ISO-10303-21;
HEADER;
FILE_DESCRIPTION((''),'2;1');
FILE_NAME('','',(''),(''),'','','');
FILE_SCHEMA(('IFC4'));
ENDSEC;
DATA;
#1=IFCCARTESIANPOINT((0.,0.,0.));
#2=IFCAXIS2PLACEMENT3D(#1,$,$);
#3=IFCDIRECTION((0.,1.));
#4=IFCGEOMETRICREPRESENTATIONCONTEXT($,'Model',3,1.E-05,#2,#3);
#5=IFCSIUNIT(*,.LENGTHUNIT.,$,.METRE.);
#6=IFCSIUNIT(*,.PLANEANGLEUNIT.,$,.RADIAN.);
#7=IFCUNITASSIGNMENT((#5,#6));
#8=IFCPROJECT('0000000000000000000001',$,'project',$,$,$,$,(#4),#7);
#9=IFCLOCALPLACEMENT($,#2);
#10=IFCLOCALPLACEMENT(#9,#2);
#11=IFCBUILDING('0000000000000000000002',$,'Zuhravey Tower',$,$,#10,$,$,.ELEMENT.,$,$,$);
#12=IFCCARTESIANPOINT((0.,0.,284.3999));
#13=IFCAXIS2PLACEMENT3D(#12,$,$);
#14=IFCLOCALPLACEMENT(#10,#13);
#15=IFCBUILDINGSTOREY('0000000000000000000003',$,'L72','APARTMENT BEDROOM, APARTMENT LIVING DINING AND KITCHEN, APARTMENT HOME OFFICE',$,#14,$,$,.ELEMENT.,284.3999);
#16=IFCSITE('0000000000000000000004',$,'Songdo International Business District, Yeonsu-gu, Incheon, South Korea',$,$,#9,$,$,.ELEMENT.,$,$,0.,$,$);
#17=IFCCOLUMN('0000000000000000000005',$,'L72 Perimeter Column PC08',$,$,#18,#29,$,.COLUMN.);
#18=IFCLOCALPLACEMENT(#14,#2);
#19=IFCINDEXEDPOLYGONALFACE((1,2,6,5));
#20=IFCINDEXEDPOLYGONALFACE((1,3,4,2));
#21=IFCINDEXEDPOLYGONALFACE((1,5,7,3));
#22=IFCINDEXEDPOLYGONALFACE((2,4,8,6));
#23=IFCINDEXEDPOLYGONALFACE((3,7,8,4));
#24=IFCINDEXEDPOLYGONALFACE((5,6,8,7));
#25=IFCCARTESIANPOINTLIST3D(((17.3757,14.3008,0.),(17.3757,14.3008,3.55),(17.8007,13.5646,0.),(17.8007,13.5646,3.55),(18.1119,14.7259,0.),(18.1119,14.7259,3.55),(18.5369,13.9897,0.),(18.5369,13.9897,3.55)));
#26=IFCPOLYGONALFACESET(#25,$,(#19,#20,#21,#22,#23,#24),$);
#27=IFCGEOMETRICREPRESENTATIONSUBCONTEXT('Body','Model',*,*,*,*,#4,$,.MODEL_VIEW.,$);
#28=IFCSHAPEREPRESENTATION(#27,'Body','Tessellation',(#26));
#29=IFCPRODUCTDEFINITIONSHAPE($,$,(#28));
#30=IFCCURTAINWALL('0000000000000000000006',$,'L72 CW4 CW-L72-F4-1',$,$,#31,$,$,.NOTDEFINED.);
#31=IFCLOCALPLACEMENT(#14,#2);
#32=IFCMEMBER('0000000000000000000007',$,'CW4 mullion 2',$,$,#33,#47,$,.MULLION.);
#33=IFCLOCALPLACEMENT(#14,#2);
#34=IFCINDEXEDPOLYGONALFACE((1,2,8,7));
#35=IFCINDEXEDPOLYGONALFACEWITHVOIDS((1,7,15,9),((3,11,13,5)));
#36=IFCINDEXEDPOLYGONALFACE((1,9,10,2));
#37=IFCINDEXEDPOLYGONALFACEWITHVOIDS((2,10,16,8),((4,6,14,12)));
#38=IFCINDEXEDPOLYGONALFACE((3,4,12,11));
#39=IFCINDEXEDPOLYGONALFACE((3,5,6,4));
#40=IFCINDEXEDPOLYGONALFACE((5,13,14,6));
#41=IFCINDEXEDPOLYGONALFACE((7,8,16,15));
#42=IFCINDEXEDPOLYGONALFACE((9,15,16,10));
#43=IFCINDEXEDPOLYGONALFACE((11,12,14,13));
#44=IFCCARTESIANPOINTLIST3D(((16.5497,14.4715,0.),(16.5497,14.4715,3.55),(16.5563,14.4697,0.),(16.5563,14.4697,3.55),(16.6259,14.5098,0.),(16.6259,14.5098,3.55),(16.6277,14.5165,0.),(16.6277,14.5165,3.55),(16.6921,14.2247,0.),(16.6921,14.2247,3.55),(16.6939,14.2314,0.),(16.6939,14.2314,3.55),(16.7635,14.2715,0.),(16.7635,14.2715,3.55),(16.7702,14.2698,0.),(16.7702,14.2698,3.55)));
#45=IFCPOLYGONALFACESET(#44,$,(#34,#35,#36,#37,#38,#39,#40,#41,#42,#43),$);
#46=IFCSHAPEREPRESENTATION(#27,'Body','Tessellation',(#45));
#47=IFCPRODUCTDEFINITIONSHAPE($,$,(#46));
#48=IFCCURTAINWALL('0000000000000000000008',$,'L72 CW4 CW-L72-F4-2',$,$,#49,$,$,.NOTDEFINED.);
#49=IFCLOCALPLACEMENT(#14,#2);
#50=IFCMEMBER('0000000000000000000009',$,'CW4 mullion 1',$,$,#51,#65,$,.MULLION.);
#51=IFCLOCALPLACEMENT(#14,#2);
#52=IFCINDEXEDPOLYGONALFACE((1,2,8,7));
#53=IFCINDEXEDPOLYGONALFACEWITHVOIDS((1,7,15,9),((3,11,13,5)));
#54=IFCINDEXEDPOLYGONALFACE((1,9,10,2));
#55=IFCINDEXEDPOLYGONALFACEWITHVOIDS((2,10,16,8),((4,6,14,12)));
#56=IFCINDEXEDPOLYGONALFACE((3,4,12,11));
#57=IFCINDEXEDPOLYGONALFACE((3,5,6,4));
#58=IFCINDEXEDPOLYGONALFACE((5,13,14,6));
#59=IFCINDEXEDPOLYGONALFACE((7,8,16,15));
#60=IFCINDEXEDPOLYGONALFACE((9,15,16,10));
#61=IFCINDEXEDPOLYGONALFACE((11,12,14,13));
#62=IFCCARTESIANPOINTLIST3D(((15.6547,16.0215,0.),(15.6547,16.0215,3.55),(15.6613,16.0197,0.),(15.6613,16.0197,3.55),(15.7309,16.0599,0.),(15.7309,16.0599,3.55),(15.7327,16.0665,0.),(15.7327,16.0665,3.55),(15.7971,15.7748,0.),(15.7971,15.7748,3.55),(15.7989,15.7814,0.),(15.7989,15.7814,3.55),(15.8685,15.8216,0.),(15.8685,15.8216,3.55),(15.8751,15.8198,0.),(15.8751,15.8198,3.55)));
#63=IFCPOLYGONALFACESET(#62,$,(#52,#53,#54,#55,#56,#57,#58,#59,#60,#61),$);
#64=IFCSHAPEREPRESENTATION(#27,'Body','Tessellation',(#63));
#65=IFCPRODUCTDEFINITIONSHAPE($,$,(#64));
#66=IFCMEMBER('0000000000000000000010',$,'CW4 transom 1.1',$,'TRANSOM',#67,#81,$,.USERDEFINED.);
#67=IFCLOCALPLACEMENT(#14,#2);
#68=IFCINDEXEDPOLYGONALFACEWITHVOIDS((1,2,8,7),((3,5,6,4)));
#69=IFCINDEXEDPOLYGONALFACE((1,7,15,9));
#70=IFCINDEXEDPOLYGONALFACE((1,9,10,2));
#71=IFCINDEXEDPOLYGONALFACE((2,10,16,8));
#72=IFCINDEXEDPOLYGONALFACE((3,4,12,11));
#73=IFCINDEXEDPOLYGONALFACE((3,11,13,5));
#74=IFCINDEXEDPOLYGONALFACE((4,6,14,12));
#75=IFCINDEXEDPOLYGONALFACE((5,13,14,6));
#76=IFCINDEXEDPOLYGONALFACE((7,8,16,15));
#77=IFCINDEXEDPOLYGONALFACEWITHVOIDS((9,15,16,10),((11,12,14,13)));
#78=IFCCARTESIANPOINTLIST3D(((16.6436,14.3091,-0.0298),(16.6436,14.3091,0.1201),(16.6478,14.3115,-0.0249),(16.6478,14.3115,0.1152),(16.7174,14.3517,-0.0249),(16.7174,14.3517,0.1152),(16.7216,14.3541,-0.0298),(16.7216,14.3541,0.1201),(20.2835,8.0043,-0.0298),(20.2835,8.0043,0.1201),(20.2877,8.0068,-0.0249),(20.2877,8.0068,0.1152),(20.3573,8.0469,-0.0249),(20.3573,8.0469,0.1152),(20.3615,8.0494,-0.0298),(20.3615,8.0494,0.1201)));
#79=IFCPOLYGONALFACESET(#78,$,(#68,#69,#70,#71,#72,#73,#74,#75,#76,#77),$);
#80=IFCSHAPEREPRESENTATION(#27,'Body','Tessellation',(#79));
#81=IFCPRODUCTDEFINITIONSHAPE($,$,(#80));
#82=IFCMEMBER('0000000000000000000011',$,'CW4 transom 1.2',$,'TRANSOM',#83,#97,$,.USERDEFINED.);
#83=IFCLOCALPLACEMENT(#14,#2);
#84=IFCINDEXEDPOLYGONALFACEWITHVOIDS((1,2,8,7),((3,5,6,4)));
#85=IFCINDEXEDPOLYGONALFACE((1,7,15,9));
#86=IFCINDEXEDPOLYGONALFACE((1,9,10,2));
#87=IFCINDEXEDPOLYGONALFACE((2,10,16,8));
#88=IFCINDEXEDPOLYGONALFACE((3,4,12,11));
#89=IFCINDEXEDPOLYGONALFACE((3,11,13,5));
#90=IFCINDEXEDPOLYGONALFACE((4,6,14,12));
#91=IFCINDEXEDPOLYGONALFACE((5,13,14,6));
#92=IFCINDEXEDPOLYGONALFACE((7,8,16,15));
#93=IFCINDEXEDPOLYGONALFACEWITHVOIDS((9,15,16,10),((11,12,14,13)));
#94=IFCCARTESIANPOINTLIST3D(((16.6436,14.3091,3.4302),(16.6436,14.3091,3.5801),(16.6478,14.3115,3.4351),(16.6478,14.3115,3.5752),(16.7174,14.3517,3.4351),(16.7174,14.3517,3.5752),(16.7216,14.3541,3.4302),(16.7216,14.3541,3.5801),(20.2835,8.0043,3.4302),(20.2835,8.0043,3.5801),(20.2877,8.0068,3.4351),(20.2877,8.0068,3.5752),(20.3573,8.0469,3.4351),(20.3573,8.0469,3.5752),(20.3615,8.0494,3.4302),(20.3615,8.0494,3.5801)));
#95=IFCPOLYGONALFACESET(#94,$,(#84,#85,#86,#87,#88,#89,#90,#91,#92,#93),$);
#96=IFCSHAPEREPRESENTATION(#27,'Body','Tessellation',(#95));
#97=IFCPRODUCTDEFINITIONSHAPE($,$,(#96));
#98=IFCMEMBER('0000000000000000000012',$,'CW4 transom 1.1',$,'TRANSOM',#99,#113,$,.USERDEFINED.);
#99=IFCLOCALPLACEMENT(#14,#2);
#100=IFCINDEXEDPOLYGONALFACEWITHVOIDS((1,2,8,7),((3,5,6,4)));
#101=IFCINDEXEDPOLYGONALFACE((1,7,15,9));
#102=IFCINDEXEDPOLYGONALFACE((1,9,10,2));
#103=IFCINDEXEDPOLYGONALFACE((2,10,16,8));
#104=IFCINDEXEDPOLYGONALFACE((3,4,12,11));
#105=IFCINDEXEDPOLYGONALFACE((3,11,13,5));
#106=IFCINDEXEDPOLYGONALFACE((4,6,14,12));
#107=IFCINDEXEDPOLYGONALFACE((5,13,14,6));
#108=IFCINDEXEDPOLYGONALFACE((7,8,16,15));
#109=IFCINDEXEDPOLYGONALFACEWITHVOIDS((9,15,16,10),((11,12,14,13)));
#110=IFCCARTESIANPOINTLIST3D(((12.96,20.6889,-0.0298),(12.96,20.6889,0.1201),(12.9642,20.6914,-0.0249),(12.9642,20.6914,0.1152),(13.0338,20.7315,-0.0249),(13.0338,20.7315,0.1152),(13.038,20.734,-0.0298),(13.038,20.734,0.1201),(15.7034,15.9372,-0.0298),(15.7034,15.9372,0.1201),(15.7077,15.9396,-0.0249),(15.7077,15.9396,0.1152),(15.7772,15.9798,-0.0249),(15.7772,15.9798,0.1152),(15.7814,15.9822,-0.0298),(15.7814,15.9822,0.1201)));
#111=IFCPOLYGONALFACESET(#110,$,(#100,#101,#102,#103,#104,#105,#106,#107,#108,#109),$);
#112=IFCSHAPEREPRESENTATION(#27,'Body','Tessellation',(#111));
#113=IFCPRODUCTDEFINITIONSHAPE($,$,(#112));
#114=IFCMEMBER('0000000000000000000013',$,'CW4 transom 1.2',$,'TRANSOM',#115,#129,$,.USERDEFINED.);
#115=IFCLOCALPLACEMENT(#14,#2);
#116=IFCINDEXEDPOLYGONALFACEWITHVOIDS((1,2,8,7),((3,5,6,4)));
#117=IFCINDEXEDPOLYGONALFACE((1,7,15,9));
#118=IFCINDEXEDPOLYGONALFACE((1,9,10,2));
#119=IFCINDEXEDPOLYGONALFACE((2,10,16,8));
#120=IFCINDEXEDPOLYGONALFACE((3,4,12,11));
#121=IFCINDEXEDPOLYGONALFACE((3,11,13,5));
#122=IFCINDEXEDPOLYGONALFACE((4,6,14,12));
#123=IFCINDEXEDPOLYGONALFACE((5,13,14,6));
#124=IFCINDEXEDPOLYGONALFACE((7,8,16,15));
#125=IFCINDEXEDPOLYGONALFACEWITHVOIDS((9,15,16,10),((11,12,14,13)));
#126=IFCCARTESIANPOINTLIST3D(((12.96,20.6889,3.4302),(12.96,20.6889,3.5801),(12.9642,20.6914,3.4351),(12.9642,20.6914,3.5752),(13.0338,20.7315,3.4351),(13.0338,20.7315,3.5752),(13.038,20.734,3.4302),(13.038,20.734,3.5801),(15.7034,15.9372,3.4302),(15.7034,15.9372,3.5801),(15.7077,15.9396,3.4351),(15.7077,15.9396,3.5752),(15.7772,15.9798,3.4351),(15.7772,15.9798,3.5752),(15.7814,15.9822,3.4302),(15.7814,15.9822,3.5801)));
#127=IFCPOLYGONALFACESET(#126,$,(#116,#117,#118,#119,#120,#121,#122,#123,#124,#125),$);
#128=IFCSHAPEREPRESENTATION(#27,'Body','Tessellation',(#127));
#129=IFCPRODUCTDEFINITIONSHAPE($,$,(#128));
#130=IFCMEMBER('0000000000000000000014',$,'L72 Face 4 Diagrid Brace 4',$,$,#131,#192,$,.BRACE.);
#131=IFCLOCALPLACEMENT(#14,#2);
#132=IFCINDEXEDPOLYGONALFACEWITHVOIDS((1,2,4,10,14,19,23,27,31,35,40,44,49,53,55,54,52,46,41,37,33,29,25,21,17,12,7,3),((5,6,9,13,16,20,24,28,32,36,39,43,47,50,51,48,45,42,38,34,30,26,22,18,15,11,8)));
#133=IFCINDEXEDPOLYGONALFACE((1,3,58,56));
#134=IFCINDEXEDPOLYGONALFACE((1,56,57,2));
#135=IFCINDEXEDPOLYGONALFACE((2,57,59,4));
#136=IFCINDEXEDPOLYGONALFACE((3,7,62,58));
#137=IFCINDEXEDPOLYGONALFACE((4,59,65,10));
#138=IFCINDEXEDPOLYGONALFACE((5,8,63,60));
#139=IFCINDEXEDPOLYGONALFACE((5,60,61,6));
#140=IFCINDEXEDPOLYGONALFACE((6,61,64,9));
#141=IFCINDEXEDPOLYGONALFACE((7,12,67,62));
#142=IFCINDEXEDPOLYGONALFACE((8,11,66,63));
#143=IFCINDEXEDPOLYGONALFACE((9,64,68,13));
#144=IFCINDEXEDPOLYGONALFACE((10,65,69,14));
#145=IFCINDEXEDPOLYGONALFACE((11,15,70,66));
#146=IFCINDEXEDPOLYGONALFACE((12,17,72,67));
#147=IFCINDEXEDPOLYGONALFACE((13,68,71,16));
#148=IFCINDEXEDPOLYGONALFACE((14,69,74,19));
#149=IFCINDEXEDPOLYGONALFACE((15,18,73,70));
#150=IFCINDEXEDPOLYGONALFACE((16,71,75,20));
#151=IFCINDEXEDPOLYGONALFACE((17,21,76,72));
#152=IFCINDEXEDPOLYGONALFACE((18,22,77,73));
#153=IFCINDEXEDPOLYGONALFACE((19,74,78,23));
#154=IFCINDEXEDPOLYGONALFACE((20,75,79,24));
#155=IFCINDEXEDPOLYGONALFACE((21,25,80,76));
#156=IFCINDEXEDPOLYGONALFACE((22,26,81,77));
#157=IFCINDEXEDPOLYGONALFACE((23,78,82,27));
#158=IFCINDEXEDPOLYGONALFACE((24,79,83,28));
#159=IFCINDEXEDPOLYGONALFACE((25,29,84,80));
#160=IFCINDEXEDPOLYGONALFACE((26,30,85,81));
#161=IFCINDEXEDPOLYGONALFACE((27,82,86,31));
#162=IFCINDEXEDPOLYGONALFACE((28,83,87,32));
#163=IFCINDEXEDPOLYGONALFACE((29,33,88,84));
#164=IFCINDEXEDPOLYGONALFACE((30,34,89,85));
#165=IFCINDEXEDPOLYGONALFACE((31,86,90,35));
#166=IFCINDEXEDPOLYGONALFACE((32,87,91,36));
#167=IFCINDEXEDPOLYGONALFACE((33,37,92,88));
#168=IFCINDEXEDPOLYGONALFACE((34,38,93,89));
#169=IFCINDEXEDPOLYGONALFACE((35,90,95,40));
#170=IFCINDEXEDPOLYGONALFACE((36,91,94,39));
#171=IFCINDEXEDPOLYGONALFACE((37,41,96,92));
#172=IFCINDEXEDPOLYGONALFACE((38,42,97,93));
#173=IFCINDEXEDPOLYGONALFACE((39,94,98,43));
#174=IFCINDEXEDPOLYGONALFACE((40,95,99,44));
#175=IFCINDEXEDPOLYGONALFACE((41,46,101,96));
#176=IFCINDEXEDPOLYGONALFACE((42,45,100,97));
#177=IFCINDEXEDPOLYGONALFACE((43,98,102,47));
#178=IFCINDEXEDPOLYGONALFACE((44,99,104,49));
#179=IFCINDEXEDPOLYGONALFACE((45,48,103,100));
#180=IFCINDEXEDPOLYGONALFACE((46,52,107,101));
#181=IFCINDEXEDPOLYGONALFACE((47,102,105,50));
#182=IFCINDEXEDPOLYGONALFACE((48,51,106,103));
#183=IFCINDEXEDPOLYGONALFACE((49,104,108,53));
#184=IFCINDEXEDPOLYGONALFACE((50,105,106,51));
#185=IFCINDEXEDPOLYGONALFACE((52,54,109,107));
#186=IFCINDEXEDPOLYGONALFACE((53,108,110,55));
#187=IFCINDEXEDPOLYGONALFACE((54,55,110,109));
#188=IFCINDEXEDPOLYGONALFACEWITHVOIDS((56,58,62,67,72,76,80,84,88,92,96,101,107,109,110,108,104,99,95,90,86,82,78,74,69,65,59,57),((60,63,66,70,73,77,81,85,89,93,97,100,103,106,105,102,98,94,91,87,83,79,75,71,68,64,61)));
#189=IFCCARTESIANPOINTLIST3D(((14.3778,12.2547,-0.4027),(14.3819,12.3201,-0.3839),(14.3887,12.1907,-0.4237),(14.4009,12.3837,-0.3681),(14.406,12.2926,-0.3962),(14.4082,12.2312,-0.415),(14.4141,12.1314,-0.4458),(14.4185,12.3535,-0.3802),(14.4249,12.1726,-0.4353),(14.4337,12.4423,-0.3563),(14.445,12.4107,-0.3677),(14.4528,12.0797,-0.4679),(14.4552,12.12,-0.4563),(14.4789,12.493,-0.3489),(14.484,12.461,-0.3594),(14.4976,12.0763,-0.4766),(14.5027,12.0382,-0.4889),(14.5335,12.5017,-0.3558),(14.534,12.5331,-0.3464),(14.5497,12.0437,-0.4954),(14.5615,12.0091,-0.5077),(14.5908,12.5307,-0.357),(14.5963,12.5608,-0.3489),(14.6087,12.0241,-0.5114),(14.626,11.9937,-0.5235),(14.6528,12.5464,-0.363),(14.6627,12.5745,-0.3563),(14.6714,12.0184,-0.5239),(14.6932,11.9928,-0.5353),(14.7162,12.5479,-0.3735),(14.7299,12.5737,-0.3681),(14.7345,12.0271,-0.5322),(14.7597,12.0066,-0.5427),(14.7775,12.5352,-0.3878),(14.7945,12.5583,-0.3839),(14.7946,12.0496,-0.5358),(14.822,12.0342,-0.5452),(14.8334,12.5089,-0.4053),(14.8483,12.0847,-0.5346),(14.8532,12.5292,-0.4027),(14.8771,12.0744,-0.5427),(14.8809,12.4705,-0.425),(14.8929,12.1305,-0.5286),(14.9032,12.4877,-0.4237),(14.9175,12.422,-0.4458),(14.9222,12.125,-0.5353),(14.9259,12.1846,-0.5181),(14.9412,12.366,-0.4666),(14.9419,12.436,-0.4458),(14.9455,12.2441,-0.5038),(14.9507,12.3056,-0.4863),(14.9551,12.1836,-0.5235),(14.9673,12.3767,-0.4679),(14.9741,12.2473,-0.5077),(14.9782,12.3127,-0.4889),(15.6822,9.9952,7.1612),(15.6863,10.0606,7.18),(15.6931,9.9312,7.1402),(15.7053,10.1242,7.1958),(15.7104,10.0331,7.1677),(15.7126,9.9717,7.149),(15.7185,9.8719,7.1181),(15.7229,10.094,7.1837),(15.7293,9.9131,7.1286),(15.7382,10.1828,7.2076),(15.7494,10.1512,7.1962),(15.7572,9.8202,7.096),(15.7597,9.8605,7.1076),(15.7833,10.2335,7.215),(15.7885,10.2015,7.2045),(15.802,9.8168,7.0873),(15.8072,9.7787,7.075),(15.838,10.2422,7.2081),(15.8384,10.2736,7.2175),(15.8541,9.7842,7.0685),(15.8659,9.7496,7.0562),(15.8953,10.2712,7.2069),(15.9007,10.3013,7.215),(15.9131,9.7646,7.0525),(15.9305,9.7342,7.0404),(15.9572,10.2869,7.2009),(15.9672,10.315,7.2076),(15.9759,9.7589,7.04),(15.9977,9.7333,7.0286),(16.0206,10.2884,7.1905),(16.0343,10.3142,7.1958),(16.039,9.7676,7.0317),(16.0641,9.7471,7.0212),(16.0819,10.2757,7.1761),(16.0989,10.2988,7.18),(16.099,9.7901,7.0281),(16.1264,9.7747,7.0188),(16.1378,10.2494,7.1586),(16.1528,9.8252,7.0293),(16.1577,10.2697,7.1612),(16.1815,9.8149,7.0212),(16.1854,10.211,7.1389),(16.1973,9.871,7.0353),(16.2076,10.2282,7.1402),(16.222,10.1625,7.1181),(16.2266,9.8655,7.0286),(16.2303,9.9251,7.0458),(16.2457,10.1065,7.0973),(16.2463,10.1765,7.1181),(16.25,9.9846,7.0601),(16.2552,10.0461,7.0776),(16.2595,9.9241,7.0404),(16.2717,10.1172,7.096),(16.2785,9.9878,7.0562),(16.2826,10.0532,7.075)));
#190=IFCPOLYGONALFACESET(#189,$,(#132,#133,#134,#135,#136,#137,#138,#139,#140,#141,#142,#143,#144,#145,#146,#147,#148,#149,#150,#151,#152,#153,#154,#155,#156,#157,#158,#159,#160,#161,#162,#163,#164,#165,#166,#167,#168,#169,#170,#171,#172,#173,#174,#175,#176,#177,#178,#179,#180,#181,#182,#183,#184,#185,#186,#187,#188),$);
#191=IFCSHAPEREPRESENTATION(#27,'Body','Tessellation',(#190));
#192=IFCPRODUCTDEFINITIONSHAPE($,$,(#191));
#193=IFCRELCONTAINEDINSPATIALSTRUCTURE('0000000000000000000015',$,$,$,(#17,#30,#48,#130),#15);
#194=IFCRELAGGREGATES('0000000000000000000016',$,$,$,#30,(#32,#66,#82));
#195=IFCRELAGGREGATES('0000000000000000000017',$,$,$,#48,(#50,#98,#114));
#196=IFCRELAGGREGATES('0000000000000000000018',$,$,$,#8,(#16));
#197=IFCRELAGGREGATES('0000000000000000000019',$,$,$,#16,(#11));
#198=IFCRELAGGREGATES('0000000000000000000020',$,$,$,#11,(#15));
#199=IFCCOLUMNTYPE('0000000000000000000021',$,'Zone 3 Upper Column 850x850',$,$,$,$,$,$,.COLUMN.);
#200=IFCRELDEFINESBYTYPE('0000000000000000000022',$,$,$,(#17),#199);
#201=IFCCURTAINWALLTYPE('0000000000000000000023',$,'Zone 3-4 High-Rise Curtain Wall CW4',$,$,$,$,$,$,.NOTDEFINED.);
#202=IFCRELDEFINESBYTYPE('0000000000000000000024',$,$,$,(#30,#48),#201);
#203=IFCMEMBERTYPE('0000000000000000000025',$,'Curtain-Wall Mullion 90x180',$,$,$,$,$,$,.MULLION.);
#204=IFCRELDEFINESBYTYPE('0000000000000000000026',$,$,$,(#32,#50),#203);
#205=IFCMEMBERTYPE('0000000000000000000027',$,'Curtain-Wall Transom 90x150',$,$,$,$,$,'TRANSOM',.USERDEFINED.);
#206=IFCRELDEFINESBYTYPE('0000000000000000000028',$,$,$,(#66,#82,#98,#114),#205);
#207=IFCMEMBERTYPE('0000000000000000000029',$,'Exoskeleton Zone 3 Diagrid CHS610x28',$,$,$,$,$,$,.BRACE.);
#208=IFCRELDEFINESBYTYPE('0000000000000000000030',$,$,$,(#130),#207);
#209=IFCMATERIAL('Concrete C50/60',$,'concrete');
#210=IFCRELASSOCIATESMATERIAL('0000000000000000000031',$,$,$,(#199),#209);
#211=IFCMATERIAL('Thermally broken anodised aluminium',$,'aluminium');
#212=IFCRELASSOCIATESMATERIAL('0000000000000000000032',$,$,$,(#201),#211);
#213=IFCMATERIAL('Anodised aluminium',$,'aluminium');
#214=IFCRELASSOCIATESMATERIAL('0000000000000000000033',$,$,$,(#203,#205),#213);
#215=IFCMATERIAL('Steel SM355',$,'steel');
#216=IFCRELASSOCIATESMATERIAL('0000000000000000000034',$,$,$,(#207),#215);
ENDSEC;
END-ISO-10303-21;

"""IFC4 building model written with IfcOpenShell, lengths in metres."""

from ifc_helpers import new_model, si_unit, direction, frame, origin, origin_2d, place, context, subcontext, project, spatial, rectangle, hollow_rectangle, hollow_circle, extrude, material, material_profile, profile_set, type_object, element, aggregate, save


model = new_model("IFC4")

# Units and contexts
model_context = context("Model", 3, precision=1e-05, world=origin(), true_north=direction((0.0, 1.0)))
body_context = subcontext(model_context, "Body", "Model", "MODEL_VIEW")
ifc_project = project(units=[si_unit("LENGTHUNIT", "METRE"), si_unit("PLANEANGLEUNIT", "RADIAN")], contexts=[model_context])

# Site, building, storey
site_placement = place(None, origin())
site = spatial("IfcSite", under=ifc_project, at=site_placement, Name="Songdo International Business District, Yeonsu-gu, Incheon, South Korea", CompositionType="ELEMENT", RefElevation=0.0)
building_placement = place(site_placement, origin())
building = spatial("IfcBuilding", under=site, at=building_placement, Name="Zuhravey Tower", CompositionType="ELEMENT")
storey_placement = place(building_placement, frame((0.0, 0.0, 284.3999)))
storey = spatial("IfcBuildingStorey", under=building, at=storey_placement, Name="L72", Description="APARTMENT BEDROOM, APARTMENT LIVING DINING AND KITCHEN, APARTMENT HOME OFFICE", CompositionType="ELEMENT", Elevation=284.3999)

# Column
ifc_material_1 = material(Name="Concrete C50/60", Category="concrete")
ifc_material_profile_1 = material_profile(ifc_material_1, rectangle(XDim=0.8501, YDim=0.8501, at=origin_2d()), Name="RC-850x850")
ifc_profile_set_1 = profile_set([ifc_material_profile_1], Name="Concrete C50/60")
column_type = type_object("IfcColumnType", Name="Zone 3 Upper Column 850x850", PredefinedType="COLUMN", material=ifc_profile_set_1)
column_placement = place(storey_placement, frame((17.9563, 14.1453, 0.0), z_axis=(0.0, 0.0, 1.0), x_axis=(0.5, -0.866025, 0.0)))
element("IfcColumn", 1, at=column_placement, inside=storey, type_object=column_type, Name="L72 Perimeter Column PC08", PredefinedType="COLUMN", context=body_context, shape_type="SweptSolid", body=[
    extrude(rectangle(XDim=0.8501, YDim=0.8501, at=origin_2d()), origin(), (0.0, 0.0, 1.0), 3.55),
])

# Curtain walls, members
ifc_material_2 = material(Name="Thermally broken anodised aluminium", Category="aluminium")
curtain_wall_type = type_object("IfcCurtainWallType", Name="Zone 3-4 High-Rise Curtain Wall CW4", PredefinedType="NOTDEFINED", material=ifc_material_2)
curtain_wall_1_placement = place(storey_placement, origin())
curtain_wall_1 = element("IfcCurtainWall", 2, at=curtain_wall_1_placement, inside=storey, type_object=curtain_wall_type, Name="L72 CW4 CW-L72-F4-1", PredefinedType="NOTDEFINED")
ifc_material_3 = material(Name="Anodised aluminium", Category="aluminium")
ifc_material_profile_2 = material_profile(ifc_material_3, hollow_rectangle(XDim=0.0901, YDim=0.2849, WallThickness=0.0049, at=origin_2d()), Name="ALU-RHS-90x285x5")
ifc_profile_set_2 = profile_set([ifc_material_profile_2], Name="Anodised aluminium")
member_type_1 = type_object("IfcMemberType", Name="Curtain-Wall Mullion 90x180", PredefinedType="MULLION", material=ifc_profile_set_2)
member_1_placement = place(storey_placement, frame((16.6599, 14.3706, 0.0), z_axis=(0.0, 0.0, 1.0), x_axis=(-0.866021, -0.500007, 0.0)))
member_1 = element("IfcMember", 3, at=member_1_placement, type_object=member_type_1, Name="CW4 mullion 2", PredefinedType="MULLION", context=body_context, shape_type="SweptSolid", body=[
    extrude(hollow_rectangle(XDim=0.0901, YDim=0.2849, WallThickness=0.0049, at=origin_2d()), origin(), (0.0, 0.0, 1.0), 3.55),
])
curtain_wall_2_placement = place(storey_placement, origin())
curtain_wall_2 = element("IfcCurtainWall", 4, at=curtain_wall_2_placement, inside=storey, type_object=curtain_wall_type, Name="L72 CW4 CW-L72-F4-2", PredefinedType="NOTDEFINED")
member_2_placement = place(storey_placement, frame((15.7649, 15.9207, 0.0), z_axis=(0.0, 0.0, 1.0), x_axis=(-0.866026, -0.5, 0.0)))
member_2 = element("IfcMember", 5, at=member_2_placement, type_object=member_type_1, Name="CW4 mullion 1", PredefinedType="MULLION", context=body_context, shape_type="SweptSolid", body=[
    extrude(hollow_rectangle(XDim=0.0901, YDim=0.2849, WallThickness=0.0049, at=origin_2d()), origin(), (0.0, 0.0, 1.0), 3.55),
])

# Members
ifc_material_profile_3 = material_profile(ifc_material_3, hollow_rectangle(XDim=0.0901, YDim=0.1499, WallThickness=0.0049, at=origin_2d()), Name="ALU-RHS-90x150x5")
ifc_profile_set_3 = profile_set([ifc_material_profile_3], Name="Anodised aluminium")
member_type_2 = type_object("IfcMemberType", Name="Curtain-Wall Transom 90x150", ElementType="TRANSOM", PredefinedType="USERDEFINED", material=ifc_profile_set_3)
member_3_placement = place(storey_placement, frame((20.3225, 8.0269, 0.0452), z_axis=(-0.499988, 0.866033, 0.0), x_axis=(-0.866033, -0.499988, 0.0)))
member_3 = element("IfcMember", 6, at=member_3_placement, type_object=member_type_2, Name="CW4 transom 1.1", ObjectType="TRANSOM", PredefinedType="USERDEFINED", context=body_context, shape_type="SweptSolid", body=[
    extrude(hollow_rectangle(XDim=0.0901, YDim=0.1499, WallThickness=0.0049, at=origin_2d()), origin(), (0.0, 0.0, 1.0), 7.28),
])
member_4_placement = place(storey_placement, frame((20.3225, 8.0269, 3.5051), z_axis=(-0.499988, 0.866033, 0.0), x_axis=(-0.866033, -0.499988, 0.0)))
member_4 = element("IfcMember", 7, at=member_4_placement, type_object=member_type_2, Name="CW4 transom 1.2", ObjectType="TRANSOM", PredefinedType="USERDEFINED", context=body_context, shape_type="SweptSolid", body=[
    extrude(hollow_rectangle(XDim=0.0901, YDim=0.1499, WallThickness=0.0049, at=origin_2d()), origin(), (0.0, 0.0, 1.0), 7.28),
])
member_5_placement = place(storey_placement, frame((15.7424, 15.9597, 0.0452), z_axis=(-0.500001, 0.866025, 0.0), x_axis=(-0.866025, -0.500001, 0.0)))
member_5 = element("IfcMember", 8, at=member_5_placement, type_object=member_type_2, Name="CW4 transom 1.1", ObjectType="TRANSOM", PredefinedType="USERDEFINED", context=body_context, shape_type="SweptSolid", body=[
    extrude(hollow_rectangle(XDim=0.0901, YDim=0.1499, WallThickness=0.0049, at=origin_2d()), origin(), (0.0, 0.0, 1.0), 5.4868),
])
member_6_placement = place(storey_placement, frame((15.7424, 15.9597, 3.5051), z_axis=(-0.500001, 0.866025, 0.0), x_axis=(-0.866025, -0.500001, 0.0)))
member_6 = element("IfcMember", 9, at=member_6_placement, type_object=member_type_2, Name="CW4 transom 1.2", ObjectType="TRANSOM", PredefinedType="USERDEFINED", context=body_context, shape_type="SweptSolid", body=[
    extrude(hollow_rectangle(XDim=0.0901, YDim=0.1499, WallThickness=0.0049, at=origin_2d()), origin(), (0.0, 0.0, 1.0), 5.4868),
])

# Member
ifc_material_4 = material(Name="Steel SM355", Category="steel")
ifc_material_profile_4 = material_profile(ifc_material_4, hollow_circle(Radius=0.3047, WallThickness=0.0281, at=origin_2d()), Name="CHS-609.6x28")
ifc_profile_set_4 = profile_set([ifc_material_profile_4], Name="Steel SM355")
member_type_3 = type_object("IfcMemberType", Name="Exoskeleton Zone 3 Diagrid CHS610x28", PredefinedType="BRACE", material=ifc_profile_set_4)
member_7_placement = place(storey_placement, frame((14.678, 12.2837, -0.4458), z_axis=(0.163029, -0.282395, 0.945344), x_axis=(0.866041, 0.499974, 0.0)))
element("IfcMember", 10, at=member_7_placement, inside=storey, type_object=member_type_3, Name="L72 Face 4 Diagrid Brace 4", PredefinedType="BRACE", context=body_context, shape_type="SweptSolid", body=[
    extrude(hollow_circle(Radius=0.3047, WallThickness=0.0281, at=origin_2d()), origin(), (0.0, 0.0, 1.0), 8.0012),
])

aggregate(curtain_wall_1, [member_1, member_3, member_4])
aggregate(curtain_wall_2, [member_2, member_5, member_6])

save(model, "model.ifc")
